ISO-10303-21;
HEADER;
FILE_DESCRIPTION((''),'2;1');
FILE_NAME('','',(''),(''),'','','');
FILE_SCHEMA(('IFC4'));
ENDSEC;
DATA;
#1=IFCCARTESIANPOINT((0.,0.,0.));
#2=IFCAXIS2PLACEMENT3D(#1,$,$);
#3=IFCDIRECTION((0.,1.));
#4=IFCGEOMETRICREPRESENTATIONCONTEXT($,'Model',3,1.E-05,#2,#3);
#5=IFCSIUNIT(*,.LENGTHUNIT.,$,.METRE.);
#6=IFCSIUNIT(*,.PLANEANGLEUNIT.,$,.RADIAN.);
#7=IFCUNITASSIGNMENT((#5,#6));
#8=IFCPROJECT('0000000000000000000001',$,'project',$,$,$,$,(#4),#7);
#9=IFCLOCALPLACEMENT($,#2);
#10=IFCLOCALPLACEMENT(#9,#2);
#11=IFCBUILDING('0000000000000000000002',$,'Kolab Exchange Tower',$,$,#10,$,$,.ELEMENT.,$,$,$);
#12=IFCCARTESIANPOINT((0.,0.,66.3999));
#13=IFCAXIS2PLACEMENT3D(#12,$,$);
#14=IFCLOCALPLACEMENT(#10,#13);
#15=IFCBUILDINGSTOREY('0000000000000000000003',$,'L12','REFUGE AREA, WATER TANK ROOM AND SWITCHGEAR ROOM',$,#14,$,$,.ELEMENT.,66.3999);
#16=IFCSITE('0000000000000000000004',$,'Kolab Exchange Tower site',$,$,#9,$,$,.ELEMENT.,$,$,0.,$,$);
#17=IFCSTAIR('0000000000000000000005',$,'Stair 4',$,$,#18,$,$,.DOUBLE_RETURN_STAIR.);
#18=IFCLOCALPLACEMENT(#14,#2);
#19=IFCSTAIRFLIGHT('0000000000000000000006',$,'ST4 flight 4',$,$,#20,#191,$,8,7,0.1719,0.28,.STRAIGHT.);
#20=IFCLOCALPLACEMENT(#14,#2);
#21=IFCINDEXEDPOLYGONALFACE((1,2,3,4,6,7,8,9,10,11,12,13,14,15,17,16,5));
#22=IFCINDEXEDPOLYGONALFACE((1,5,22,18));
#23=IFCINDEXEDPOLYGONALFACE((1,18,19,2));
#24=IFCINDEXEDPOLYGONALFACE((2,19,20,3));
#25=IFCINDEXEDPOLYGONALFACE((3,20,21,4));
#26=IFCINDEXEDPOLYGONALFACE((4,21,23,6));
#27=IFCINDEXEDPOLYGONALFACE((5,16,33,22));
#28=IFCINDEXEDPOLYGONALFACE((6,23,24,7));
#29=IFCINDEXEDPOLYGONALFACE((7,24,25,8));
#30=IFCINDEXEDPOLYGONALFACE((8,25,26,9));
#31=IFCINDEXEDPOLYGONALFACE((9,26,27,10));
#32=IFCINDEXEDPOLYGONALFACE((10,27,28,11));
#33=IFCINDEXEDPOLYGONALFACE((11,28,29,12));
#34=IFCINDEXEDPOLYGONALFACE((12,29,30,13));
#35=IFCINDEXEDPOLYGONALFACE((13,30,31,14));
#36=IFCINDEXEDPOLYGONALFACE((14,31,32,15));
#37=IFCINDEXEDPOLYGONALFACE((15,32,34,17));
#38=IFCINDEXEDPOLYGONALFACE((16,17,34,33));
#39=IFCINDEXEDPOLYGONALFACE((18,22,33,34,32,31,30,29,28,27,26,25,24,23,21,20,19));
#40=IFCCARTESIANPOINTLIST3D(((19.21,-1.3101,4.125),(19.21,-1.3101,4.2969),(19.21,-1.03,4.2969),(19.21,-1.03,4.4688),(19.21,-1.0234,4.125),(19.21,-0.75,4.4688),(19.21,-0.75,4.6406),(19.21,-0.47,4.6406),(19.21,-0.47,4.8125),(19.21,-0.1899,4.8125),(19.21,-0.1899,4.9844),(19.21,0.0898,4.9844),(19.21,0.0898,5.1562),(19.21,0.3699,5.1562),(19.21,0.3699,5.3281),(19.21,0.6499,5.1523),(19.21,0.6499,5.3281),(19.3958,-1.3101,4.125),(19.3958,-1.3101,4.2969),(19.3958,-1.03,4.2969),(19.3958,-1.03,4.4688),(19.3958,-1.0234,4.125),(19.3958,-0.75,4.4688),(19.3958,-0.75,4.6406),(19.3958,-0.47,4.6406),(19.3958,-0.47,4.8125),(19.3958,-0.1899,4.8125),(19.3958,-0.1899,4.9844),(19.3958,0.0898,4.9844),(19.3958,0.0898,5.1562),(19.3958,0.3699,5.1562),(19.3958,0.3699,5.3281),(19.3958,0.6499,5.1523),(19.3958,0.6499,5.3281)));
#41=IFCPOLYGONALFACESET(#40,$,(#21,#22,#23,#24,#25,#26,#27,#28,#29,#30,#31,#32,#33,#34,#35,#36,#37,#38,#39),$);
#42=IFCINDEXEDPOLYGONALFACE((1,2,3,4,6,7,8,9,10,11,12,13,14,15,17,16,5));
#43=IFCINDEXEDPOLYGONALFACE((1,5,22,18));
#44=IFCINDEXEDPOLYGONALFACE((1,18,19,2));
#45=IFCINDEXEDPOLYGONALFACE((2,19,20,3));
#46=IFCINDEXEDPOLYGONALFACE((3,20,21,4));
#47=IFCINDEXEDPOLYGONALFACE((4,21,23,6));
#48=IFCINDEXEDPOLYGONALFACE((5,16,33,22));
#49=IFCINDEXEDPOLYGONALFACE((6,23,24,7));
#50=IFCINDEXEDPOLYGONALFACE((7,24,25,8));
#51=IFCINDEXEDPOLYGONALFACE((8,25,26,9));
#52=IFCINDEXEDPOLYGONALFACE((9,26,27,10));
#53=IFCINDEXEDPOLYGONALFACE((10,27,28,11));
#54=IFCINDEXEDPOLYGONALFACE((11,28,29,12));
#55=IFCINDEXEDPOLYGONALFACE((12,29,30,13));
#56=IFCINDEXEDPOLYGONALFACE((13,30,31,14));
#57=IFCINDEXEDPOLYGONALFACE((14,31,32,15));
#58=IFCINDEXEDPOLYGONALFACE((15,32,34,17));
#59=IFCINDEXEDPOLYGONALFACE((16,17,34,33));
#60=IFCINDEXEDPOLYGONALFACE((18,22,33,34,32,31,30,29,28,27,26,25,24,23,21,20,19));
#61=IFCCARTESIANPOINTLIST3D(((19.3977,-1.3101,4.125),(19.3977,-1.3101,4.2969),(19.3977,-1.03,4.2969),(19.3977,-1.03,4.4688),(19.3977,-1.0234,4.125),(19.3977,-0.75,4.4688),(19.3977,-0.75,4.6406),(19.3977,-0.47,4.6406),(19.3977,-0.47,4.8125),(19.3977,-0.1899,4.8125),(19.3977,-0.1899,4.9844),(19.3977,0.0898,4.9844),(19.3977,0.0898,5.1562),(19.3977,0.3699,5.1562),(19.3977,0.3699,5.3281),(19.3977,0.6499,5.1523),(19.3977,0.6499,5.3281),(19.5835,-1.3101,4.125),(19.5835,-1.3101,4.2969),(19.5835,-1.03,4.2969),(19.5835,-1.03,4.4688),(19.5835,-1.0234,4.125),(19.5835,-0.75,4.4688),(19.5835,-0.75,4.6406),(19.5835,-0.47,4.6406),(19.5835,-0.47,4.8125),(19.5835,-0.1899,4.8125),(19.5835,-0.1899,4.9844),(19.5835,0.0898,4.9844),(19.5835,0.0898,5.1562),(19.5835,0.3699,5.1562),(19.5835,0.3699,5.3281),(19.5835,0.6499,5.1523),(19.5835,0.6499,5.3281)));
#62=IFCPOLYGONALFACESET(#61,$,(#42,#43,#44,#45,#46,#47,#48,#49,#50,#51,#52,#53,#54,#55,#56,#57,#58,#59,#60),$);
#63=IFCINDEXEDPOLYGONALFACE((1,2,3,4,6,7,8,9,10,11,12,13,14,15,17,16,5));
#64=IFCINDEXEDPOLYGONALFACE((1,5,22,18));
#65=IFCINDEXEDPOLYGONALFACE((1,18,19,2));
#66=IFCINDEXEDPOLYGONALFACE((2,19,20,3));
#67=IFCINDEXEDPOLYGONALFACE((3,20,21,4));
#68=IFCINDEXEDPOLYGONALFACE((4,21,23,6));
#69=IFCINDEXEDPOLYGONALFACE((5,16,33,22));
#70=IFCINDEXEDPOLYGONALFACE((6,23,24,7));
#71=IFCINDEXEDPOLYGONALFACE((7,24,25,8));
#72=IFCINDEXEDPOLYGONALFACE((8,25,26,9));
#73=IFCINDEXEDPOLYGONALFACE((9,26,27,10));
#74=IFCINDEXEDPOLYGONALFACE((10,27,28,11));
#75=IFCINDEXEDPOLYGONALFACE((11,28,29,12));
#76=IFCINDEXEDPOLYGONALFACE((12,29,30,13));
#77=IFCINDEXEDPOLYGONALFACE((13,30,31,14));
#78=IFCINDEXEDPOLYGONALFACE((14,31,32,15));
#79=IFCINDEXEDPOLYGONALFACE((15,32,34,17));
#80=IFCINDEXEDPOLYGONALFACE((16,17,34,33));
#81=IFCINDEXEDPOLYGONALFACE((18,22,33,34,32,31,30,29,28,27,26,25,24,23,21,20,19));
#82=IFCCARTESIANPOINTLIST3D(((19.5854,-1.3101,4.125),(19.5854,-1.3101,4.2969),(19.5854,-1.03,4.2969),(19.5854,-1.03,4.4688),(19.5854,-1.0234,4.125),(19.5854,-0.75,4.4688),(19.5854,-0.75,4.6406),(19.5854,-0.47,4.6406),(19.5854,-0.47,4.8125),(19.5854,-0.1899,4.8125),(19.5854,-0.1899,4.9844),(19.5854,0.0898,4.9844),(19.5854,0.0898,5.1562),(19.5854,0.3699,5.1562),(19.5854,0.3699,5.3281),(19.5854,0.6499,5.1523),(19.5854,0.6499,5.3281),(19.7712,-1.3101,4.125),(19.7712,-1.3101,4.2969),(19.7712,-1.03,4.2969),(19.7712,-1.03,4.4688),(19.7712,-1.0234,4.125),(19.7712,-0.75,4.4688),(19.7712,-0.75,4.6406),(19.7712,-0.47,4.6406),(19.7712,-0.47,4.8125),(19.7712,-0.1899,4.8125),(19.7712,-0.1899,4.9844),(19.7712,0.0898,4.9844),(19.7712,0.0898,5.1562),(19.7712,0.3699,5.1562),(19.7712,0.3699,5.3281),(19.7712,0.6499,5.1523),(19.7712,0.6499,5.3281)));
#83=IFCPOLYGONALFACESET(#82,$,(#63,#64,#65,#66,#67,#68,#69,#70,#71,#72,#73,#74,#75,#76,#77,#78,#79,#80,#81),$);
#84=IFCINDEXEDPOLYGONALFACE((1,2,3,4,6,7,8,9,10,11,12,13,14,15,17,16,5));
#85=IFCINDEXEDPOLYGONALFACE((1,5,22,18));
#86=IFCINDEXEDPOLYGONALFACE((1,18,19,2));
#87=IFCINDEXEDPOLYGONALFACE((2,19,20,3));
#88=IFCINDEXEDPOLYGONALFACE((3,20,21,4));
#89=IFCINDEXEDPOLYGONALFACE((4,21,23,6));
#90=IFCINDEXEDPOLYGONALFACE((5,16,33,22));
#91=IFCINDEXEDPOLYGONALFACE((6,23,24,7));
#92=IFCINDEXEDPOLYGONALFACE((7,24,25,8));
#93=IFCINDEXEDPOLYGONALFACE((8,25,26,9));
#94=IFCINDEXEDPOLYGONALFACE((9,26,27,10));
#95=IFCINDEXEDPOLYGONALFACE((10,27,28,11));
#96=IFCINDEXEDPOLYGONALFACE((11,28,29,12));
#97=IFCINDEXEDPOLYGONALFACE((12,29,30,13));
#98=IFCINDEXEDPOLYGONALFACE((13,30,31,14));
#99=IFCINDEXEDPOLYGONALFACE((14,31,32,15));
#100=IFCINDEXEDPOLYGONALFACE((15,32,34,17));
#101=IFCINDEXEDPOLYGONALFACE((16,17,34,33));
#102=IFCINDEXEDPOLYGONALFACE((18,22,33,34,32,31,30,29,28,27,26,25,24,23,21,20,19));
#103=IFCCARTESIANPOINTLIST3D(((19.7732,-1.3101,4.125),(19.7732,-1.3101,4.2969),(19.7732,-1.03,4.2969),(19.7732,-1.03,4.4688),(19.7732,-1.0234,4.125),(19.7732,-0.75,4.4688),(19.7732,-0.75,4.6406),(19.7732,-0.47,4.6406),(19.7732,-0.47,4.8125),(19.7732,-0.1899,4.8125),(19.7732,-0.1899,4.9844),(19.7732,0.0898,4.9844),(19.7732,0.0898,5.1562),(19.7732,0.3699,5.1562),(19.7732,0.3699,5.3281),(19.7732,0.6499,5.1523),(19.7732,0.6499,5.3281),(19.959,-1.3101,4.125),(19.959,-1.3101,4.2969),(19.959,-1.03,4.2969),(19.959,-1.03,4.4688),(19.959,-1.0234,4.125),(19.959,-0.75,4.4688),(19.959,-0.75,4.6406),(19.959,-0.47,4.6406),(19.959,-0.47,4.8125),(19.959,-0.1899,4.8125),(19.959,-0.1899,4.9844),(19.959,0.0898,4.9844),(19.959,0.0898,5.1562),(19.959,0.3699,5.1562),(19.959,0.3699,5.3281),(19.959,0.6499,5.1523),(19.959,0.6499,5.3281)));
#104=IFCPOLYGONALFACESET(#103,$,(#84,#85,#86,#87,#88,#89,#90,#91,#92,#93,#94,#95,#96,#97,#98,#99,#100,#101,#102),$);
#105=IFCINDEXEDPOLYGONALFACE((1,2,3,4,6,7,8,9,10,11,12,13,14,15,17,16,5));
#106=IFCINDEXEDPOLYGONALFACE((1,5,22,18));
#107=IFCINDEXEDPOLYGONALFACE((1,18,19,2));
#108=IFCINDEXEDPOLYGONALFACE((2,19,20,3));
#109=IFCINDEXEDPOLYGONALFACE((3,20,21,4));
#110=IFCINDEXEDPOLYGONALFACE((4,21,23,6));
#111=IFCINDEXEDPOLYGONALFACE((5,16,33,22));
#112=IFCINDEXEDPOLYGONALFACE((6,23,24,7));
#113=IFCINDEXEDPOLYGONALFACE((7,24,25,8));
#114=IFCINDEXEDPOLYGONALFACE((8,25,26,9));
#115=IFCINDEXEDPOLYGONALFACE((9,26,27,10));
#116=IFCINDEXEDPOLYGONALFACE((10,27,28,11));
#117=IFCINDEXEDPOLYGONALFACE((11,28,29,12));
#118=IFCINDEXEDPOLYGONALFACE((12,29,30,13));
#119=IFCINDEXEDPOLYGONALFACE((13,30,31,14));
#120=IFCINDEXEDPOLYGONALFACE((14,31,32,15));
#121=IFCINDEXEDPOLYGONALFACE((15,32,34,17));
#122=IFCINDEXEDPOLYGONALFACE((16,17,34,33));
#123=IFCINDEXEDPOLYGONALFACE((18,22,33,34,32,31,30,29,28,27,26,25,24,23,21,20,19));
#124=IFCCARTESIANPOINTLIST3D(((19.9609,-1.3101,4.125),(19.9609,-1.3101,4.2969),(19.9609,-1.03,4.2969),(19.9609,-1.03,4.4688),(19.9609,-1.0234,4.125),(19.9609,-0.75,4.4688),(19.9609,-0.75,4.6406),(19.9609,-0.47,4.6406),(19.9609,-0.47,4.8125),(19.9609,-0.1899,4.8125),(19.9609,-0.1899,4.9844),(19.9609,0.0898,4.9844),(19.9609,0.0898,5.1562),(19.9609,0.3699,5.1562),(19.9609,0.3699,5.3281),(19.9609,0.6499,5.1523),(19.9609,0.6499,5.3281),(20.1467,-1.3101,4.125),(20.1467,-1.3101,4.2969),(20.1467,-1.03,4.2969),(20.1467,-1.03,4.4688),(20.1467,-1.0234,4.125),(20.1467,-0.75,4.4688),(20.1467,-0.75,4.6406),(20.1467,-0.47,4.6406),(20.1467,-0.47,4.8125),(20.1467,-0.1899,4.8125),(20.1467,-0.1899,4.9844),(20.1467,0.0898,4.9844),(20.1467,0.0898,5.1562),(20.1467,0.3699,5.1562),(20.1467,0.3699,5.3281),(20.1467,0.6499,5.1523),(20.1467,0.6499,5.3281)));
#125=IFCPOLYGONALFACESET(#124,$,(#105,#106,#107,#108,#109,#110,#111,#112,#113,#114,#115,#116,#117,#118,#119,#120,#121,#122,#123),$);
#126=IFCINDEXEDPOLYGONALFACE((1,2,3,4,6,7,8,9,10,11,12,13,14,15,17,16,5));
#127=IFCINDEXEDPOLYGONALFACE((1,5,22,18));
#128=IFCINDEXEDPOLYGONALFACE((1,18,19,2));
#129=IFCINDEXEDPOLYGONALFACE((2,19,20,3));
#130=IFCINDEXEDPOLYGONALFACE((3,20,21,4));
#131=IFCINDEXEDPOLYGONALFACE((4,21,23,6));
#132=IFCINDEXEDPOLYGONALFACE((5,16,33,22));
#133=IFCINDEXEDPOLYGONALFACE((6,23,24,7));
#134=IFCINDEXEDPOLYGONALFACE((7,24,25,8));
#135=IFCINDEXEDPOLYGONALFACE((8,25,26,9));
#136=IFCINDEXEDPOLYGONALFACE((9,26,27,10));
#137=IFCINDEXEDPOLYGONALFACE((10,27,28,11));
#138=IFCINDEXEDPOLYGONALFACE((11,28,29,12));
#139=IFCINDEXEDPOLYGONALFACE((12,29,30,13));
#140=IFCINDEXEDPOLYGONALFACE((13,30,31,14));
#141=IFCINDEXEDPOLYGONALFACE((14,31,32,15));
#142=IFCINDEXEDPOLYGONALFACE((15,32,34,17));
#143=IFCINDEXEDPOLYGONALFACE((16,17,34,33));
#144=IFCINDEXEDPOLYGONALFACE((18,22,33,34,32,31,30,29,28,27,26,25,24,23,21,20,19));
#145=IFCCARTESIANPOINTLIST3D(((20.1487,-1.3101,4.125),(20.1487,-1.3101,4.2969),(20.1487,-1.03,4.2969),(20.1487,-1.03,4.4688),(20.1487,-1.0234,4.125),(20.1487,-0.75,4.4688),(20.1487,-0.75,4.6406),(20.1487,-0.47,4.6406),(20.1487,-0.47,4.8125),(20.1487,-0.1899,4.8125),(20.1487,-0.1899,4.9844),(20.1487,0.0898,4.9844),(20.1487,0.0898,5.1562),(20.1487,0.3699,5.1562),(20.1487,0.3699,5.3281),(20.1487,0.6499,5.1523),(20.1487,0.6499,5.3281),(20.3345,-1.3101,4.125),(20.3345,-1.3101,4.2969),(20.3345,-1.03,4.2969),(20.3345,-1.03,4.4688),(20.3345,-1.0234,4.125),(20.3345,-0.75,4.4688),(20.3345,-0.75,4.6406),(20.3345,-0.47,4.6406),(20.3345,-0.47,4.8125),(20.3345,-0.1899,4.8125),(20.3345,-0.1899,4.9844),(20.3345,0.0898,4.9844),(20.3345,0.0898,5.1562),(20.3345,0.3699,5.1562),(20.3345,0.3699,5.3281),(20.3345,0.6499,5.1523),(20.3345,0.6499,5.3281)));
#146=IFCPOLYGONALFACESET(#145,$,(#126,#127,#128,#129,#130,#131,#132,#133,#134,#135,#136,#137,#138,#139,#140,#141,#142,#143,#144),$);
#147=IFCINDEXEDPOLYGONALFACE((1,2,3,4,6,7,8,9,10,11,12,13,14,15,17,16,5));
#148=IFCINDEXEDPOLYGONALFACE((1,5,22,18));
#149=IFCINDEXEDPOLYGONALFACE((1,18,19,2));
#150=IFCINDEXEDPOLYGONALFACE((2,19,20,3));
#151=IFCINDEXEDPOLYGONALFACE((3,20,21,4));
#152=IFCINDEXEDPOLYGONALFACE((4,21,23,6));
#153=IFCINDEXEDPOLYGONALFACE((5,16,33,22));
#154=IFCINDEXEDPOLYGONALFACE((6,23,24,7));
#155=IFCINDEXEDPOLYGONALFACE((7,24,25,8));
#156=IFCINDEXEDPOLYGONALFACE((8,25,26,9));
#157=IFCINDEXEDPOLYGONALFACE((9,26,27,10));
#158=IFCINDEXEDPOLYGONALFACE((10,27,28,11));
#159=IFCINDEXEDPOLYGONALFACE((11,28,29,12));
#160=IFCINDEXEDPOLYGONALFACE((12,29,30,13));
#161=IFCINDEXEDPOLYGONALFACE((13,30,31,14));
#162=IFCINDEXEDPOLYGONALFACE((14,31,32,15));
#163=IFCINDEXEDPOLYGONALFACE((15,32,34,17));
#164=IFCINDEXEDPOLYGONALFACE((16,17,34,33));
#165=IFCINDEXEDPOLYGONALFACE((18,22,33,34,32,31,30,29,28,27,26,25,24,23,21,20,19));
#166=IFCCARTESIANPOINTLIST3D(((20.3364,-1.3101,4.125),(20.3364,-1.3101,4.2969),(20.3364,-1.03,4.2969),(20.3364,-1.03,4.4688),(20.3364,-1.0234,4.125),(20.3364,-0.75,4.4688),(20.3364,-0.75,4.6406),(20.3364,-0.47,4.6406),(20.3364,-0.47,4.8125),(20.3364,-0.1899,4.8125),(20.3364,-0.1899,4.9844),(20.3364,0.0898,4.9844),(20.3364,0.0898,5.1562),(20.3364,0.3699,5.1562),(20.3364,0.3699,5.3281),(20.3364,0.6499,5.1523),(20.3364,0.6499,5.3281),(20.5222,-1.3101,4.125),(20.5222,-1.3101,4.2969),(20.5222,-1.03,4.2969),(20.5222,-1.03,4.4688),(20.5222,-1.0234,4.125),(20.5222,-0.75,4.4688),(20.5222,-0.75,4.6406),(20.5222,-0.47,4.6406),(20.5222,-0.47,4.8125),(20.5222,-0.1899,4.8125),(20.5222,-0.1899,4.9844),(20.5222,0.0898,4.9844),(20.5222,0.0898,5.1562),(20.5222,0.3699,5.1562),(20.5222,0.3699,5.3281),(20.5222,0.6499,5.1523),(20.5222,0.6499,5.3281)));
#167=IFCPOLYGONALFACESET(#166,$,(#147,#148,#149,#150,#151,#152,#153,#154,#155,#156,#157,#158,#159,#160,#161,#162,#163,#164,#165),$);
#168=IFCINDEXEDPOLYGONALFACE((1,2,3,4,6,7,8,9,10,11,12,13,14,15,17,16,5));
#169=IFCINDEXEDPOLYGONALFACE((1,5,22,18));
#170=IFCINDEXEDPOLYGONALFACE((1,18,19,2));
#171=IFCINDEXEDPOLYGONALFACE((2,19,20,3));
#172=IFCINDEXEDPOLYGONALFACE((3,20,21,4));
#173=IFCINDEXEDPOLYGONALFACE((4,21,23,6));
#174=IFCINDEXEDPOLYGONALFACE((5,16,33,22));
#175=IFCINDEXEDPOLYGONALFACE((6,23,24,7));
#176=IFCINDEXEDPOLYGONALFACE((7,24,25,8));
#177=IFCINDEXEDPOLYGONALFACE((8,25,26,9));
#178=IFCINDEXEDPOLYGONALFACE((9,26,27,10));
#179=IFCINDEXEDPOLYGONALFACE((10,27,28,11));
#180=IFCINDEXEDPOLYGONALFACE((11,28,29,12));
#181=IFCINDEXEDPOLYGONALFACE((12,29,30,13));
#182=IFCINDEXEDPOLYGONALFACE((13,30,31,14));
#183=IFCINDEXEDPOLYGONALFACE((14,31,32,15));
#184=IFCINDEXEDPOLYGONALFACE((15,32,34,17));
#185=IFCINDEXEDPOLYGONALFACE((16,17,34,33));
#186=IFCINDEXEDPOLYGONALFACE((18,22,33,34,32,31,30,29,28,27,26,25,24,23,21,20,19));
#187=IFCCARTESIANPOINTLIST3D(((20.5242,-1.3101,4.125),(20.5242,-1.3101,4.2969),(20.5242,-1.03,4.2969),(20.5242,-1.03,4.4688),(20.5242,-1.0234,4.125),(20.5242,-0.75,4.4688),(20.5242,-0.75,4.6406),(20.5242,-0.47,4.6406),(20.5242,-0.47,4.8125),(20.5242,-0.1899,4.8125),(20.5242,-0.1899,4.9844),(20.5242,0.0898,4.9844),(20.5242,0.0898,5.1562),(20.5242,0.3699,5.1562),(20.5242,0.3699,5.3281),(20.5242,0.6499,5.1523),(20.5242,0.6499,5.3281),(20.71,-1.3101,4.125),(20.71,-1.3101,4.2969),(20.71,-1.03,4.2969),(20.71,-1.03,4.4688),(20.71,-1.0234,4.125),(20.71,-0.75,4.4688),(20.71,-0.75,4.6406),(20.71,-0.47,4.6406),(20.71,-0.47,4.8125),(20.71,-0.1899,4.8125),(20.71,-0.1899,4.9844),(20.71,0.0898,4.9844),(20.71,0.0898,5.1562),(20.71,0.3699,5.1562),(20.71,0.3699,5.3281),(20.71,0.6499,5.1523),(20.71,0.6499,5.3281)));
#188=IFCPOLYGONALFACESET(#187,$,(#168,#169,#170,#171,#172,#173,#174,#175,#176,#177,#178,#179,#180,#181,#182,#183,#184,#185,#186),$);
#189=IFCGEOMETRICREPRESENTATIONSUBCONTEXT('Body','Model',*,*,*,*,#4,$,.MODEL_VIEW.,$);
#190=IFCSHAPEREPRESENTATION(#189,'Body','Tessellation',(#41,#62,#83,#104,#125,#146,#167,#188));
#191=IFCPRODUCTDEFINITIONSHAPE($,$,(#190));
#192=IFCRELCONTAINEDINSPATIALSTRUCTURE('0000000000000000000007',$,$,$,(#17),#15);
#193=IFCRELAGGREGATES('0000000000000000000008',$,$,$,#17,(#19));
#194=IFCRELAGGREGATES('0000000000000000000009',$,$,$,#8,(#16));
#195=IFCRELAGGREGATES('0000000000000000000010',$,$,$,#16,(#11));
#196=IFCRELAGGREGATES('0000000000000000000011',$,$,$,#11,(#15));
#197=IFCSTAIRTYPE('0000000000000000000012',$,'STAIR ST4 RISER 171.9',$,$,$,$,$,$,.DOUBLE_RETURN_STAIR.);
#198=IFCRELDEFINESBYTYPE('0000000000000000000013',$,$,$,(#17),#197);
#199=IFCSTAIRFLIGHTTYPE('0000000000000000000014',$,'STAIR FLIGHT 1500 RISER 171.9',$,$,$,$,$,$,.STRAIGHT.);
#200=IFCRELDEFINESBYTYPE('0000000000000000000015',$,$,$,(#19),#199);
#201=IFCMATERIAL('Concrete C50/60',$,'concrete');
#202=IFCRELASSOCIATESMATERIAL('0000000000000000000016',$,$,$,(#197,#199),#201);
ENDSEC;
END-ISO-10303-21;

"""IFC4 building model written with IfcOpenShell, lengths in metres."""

from ifc_helpers import new_model, si_unit, direction, frame, origin, place, context, subcontext, project, spatial, polyline, outline, extrude, material, type_object, element, aggregate, save


model = new_model("IFC4")

# Units and contexts
model_context = context("Model", 3, precision=1e-05, world=origin(), true_north=direction((0.0, 1.0)))
body_context = subcontext(model_context, "Body", "Model", "MODEL_VIEW")
ifc_project = project(units=[si_unit("LENGTHUNIT", "METRE"), si_unit("PLANEANGLEUNIT", "RADIAN")], contexts=[model_context])

# Site, building, storey
site_placement = place(None, origin())
site = spatial("IfcSite", under=ifc_project, at=site_placement, Name="Kolab Exchange Tower site", CompositionType="ELEMENT", RefElevation=0.0)
building_placement = place(site_placement, origin())
building = spatial("IfcBuilding", under=site, at=building_placement, Name="Kolab Exchange Tower", CompositionType="ELEMENT")
storey_placement = place(building_placement, frame((0.0, 0.0, 66.3999)))
storey = spatial("IfcBuildingStorey", under=building, at=storey_placement, Name="L12", Description="REFUGE AREA, WATER TANK ROOM AND SWITCHGEAR ROOM", CompositionType="ELEMENT", Elevation=66.3999)

# Shared definitions
ifc_material_1 = material(Name="Concrete C50/60", Category="concrete")

# Stair, stair flight
stair_type = type_object("IfcStairType", Name="STAIR ST4 RISER 171.9", PredefinedType="DOUBLE_RETURN_STAIR", material=ifc_material_1)
stair_placement = place(storey_placement, origin())
stair = element("IfcStair", 1, at=stair_placement, inside=storey, type_object=stair_type, Name="Stair 4", PredefinedType="DOUBLE_RETURN_STAIR")
stair_flight_type = type_object("IfcStairFlightType", Name="STAIR FLIGHT 1500 RISER 171.9", PredefinedType="STRAIGHT", material=ifc_material_1)
stair_flight_1_placement = place(storey_placement, frame((19.96, -1.3101, 4.125), z_axis=(0.0, 0.0, 1.0), x_axis=(0.0, 1.0, 0.0)))
stair_flight_1 = element("IfcStairFlight", 2, at=stair_flight_1_placement, type_object=stair_flight_type, Name="ST4 flight 4", NumberOfRisers=8, NumberOfTreads=7, PredefinedType="STRAIGHT", RiserHeight=0.1719, TreadLength=0.28, context=body_context, shape_type="SweptSolid", body=[
    extrude(outline(polyline([(0.0, 0.0), (0.0, 0.1719), (0.28, 0.1719), (0.28, 0.3438), (0.5601, 0.3438), (0.5601, 0.5156), (0.8401, 0.5156), (0.8401, 0.6875), (1.1201, 0.6875), (1.1201, 0.8594), (1.3999, 0.8594), (1.3999, 1.0312), (1.6799, 1.0312), (1.6799, 1.2031), (1.96, 1.2031), (1.96, 1.375), (1.96, 1.0273), (0.2866, 0.0), (0.0, 0.0)])), frame((0.0, 0.75, 0.0), z_axis=(0.0, -1.0, 0.0), x_axis=(1.0, 0.0, 0.0)), (0.0, 0.0, 1.0), 0.1858),
    extrude(outline(polyline([(0.0, 0.0), (0.0, 0.1719), (0.28, 0.1719), (0.28, 0.3438), (0.5601, 0.3438), (0.5601, 0.5156), (0.8401, 0.5156), (0.8401, 0.6875), (1.1201, 0.6875), (1.1201, 0.8594), (1.3999, 0.8594), (1.3999, 1.0312), (1.6799, 1.0312), (1.6799, 1.2031), (1.96, 1.2031), (1.96, 1.375), (1.96, 1.0273), (0.2866, 0.0), (0.0, 0.0)])), frame((0.0, 0.5623, 0.0), z_axis=(0.0, -1.0, 0.0), x_axis=(1.0, 0.0, 0.0)), (0.0, 0.0, 1.0), 0.1858),
    extrude(outline(polyline([(0.0, 0.0), (0.0, 0.1719), (0.28, 0.1719), (0.28, 0.3438), (0.5601, 0.3438), (0.5601, 0.5156), (0.8401, 0.5156), (0.8401, 0.6875), (1.1201, 0.6875), (1.1201, 0.8594), (1.3999, 0.8594), (1.3999, 1.0312), (1.6799, 1.0312), (1.6799, 1.2031), (1.96, 1.2031), (1.96, 1.375), (1.96, 1.0273), (0.2866, 0.0), (0.0, 0.0)])), frame((0.0, 0.3745, 0.0), z_axis=(0.0, -1.0, 0.0), x_axis=(1.0, 0.0, 0.0)), (0.0, 0.0, 1.0), 0.1858),
    extrude(outline(polyline([(0.0, 0.0), (0.0, 0.1719), (0.28, 0.1719), (0.28, 0.3438), (0.5601, 0.3438), (0.5601, 0.5156), (0.8401, 0.5156), (0.8401, 0.6875), (1.1201, 0.6875), (1.1201, 0.8594), (1.3999, 0.8594), (1.3999, 1.0312), (1.6799, 1.0312), (1.6799, 1.2031), (1.96, 1.2031), (1.96, 1.375), (1.96, 1.0273), (0.2866, 0.0), (0.0, 0.0)])), frame((0.0, 0.1868, 0.0), z_axis=(0.0, -1.0, 0.0), x_axis=(1.0, 0.0, 0.0)), (0.0, 0.0, 1.0), 0.1858),
    extrude(outline(polyline([(0.0, 0.0), (0.0, 0.1719), (0.28, 0.1719), (0.28, 0.3438), (0.5601, 0.3438), (0.5601, 0.5156), (0.8401, 0.5156), (0.8401, 0.6875), (1.1201, 0.6875), (1.1201, 0.8594), (1.3999, 0.8594), (1.3999, 1.0312), (1.6799, 1.0312), (1.6799, 1.2031), (1.96, 1.2031), (1.96, 1.375), (1.96, 1.0273), (0.2866, 0.0), (0.0, 0.0)])), frame((0.0, -0.001, 0.0), z_axis=(0.0, -1.0, 0.0), x_axis=(1.0, 0.0, 0.0)), (0.0, 0.0, 1.0), 0.1858),
    extrude(outline(polyline([(0.0, 0.0), (0.0, 0.1719), (0.28, 0.1719), (0.28, 0.3438), (0.5601, 0.3438), (0.5601, 0.5156), (0.8401, 0.5156), (0.8401, 0.6875), (1.1201, 0.6875), (1.1201, 0.8594), (1.3999, 0.8594), (1.3999, 1.0312), (1.6799, 1.0312), (1.6799, 1.2031), (1.96, 1.2031), (1.96, 1.375), (1.96, 1.0273), (0.2866, 0.0), (0.0, 0.0)])), frame((0.0, -0.1887, 0.0), z_axis=(0.0, -1.0, 0.0), x_axis=(1.0, 0.0, 0.0)), (0.0, 0.0, 1.0), 0.1858),
    extrude(outline(polyline([(0.0, 0.0), (0.0, 0.1719), (0.28, 0.1719), (0.28, 0.3438), (0.5601, 0.3438), (0.5601, 0.5156), (0.8401, 0.5156), (0.8401, 0.6875), (1.1201, 0.6875), (1.1201, 0.8594), (1.3999, 0.8594), (1.3999, 1.0312), (1.6799, 1.0312), (1.6799, 1.2031), (1.96, 1.2031), (1.96, 1.375), (1.96, 1.0273), (0.2866, 0.0), (0.0, 0.0)])), frame((0.0, -0.3765, 0.0), z_axis=(0.0, -1.0, 0.0), x_axis=(1.0, 0.0, 0.0)), (0.0, 0.0, 1.0), 0.1858),
    extrude(outline(polyline([(0.0, 0.0), (0.0, 0.1719), (0.28, 0.1719), (0.28, 0.3438), (0.5601, 0.3438), (0.5601, 0.5156), (0.8401, 0.5156), (0.8401, 0.6875), (1.1201, 0.6875), (1.1201, 0.8594), (1.3999, 0.8594), (1.3999, 1.0312), (1.6799, 1.0312), (1.6799, 1.2031), (1.96, 1.2031), (1.96, 1.375), (1.96, 1.0273), (0.2866, 0.0), (0.0, 0.0)])), frame((0.0, -0.5642, 0.0), z_axis=(0.0, -1.0, 0.0), x_axis=(1.0, 0.0, 0.0)), (0.0, 0.0, 1.0), 0.1858),
])
aggregate(stair, [stair_flight_1])

save(model, "model.ifc")
